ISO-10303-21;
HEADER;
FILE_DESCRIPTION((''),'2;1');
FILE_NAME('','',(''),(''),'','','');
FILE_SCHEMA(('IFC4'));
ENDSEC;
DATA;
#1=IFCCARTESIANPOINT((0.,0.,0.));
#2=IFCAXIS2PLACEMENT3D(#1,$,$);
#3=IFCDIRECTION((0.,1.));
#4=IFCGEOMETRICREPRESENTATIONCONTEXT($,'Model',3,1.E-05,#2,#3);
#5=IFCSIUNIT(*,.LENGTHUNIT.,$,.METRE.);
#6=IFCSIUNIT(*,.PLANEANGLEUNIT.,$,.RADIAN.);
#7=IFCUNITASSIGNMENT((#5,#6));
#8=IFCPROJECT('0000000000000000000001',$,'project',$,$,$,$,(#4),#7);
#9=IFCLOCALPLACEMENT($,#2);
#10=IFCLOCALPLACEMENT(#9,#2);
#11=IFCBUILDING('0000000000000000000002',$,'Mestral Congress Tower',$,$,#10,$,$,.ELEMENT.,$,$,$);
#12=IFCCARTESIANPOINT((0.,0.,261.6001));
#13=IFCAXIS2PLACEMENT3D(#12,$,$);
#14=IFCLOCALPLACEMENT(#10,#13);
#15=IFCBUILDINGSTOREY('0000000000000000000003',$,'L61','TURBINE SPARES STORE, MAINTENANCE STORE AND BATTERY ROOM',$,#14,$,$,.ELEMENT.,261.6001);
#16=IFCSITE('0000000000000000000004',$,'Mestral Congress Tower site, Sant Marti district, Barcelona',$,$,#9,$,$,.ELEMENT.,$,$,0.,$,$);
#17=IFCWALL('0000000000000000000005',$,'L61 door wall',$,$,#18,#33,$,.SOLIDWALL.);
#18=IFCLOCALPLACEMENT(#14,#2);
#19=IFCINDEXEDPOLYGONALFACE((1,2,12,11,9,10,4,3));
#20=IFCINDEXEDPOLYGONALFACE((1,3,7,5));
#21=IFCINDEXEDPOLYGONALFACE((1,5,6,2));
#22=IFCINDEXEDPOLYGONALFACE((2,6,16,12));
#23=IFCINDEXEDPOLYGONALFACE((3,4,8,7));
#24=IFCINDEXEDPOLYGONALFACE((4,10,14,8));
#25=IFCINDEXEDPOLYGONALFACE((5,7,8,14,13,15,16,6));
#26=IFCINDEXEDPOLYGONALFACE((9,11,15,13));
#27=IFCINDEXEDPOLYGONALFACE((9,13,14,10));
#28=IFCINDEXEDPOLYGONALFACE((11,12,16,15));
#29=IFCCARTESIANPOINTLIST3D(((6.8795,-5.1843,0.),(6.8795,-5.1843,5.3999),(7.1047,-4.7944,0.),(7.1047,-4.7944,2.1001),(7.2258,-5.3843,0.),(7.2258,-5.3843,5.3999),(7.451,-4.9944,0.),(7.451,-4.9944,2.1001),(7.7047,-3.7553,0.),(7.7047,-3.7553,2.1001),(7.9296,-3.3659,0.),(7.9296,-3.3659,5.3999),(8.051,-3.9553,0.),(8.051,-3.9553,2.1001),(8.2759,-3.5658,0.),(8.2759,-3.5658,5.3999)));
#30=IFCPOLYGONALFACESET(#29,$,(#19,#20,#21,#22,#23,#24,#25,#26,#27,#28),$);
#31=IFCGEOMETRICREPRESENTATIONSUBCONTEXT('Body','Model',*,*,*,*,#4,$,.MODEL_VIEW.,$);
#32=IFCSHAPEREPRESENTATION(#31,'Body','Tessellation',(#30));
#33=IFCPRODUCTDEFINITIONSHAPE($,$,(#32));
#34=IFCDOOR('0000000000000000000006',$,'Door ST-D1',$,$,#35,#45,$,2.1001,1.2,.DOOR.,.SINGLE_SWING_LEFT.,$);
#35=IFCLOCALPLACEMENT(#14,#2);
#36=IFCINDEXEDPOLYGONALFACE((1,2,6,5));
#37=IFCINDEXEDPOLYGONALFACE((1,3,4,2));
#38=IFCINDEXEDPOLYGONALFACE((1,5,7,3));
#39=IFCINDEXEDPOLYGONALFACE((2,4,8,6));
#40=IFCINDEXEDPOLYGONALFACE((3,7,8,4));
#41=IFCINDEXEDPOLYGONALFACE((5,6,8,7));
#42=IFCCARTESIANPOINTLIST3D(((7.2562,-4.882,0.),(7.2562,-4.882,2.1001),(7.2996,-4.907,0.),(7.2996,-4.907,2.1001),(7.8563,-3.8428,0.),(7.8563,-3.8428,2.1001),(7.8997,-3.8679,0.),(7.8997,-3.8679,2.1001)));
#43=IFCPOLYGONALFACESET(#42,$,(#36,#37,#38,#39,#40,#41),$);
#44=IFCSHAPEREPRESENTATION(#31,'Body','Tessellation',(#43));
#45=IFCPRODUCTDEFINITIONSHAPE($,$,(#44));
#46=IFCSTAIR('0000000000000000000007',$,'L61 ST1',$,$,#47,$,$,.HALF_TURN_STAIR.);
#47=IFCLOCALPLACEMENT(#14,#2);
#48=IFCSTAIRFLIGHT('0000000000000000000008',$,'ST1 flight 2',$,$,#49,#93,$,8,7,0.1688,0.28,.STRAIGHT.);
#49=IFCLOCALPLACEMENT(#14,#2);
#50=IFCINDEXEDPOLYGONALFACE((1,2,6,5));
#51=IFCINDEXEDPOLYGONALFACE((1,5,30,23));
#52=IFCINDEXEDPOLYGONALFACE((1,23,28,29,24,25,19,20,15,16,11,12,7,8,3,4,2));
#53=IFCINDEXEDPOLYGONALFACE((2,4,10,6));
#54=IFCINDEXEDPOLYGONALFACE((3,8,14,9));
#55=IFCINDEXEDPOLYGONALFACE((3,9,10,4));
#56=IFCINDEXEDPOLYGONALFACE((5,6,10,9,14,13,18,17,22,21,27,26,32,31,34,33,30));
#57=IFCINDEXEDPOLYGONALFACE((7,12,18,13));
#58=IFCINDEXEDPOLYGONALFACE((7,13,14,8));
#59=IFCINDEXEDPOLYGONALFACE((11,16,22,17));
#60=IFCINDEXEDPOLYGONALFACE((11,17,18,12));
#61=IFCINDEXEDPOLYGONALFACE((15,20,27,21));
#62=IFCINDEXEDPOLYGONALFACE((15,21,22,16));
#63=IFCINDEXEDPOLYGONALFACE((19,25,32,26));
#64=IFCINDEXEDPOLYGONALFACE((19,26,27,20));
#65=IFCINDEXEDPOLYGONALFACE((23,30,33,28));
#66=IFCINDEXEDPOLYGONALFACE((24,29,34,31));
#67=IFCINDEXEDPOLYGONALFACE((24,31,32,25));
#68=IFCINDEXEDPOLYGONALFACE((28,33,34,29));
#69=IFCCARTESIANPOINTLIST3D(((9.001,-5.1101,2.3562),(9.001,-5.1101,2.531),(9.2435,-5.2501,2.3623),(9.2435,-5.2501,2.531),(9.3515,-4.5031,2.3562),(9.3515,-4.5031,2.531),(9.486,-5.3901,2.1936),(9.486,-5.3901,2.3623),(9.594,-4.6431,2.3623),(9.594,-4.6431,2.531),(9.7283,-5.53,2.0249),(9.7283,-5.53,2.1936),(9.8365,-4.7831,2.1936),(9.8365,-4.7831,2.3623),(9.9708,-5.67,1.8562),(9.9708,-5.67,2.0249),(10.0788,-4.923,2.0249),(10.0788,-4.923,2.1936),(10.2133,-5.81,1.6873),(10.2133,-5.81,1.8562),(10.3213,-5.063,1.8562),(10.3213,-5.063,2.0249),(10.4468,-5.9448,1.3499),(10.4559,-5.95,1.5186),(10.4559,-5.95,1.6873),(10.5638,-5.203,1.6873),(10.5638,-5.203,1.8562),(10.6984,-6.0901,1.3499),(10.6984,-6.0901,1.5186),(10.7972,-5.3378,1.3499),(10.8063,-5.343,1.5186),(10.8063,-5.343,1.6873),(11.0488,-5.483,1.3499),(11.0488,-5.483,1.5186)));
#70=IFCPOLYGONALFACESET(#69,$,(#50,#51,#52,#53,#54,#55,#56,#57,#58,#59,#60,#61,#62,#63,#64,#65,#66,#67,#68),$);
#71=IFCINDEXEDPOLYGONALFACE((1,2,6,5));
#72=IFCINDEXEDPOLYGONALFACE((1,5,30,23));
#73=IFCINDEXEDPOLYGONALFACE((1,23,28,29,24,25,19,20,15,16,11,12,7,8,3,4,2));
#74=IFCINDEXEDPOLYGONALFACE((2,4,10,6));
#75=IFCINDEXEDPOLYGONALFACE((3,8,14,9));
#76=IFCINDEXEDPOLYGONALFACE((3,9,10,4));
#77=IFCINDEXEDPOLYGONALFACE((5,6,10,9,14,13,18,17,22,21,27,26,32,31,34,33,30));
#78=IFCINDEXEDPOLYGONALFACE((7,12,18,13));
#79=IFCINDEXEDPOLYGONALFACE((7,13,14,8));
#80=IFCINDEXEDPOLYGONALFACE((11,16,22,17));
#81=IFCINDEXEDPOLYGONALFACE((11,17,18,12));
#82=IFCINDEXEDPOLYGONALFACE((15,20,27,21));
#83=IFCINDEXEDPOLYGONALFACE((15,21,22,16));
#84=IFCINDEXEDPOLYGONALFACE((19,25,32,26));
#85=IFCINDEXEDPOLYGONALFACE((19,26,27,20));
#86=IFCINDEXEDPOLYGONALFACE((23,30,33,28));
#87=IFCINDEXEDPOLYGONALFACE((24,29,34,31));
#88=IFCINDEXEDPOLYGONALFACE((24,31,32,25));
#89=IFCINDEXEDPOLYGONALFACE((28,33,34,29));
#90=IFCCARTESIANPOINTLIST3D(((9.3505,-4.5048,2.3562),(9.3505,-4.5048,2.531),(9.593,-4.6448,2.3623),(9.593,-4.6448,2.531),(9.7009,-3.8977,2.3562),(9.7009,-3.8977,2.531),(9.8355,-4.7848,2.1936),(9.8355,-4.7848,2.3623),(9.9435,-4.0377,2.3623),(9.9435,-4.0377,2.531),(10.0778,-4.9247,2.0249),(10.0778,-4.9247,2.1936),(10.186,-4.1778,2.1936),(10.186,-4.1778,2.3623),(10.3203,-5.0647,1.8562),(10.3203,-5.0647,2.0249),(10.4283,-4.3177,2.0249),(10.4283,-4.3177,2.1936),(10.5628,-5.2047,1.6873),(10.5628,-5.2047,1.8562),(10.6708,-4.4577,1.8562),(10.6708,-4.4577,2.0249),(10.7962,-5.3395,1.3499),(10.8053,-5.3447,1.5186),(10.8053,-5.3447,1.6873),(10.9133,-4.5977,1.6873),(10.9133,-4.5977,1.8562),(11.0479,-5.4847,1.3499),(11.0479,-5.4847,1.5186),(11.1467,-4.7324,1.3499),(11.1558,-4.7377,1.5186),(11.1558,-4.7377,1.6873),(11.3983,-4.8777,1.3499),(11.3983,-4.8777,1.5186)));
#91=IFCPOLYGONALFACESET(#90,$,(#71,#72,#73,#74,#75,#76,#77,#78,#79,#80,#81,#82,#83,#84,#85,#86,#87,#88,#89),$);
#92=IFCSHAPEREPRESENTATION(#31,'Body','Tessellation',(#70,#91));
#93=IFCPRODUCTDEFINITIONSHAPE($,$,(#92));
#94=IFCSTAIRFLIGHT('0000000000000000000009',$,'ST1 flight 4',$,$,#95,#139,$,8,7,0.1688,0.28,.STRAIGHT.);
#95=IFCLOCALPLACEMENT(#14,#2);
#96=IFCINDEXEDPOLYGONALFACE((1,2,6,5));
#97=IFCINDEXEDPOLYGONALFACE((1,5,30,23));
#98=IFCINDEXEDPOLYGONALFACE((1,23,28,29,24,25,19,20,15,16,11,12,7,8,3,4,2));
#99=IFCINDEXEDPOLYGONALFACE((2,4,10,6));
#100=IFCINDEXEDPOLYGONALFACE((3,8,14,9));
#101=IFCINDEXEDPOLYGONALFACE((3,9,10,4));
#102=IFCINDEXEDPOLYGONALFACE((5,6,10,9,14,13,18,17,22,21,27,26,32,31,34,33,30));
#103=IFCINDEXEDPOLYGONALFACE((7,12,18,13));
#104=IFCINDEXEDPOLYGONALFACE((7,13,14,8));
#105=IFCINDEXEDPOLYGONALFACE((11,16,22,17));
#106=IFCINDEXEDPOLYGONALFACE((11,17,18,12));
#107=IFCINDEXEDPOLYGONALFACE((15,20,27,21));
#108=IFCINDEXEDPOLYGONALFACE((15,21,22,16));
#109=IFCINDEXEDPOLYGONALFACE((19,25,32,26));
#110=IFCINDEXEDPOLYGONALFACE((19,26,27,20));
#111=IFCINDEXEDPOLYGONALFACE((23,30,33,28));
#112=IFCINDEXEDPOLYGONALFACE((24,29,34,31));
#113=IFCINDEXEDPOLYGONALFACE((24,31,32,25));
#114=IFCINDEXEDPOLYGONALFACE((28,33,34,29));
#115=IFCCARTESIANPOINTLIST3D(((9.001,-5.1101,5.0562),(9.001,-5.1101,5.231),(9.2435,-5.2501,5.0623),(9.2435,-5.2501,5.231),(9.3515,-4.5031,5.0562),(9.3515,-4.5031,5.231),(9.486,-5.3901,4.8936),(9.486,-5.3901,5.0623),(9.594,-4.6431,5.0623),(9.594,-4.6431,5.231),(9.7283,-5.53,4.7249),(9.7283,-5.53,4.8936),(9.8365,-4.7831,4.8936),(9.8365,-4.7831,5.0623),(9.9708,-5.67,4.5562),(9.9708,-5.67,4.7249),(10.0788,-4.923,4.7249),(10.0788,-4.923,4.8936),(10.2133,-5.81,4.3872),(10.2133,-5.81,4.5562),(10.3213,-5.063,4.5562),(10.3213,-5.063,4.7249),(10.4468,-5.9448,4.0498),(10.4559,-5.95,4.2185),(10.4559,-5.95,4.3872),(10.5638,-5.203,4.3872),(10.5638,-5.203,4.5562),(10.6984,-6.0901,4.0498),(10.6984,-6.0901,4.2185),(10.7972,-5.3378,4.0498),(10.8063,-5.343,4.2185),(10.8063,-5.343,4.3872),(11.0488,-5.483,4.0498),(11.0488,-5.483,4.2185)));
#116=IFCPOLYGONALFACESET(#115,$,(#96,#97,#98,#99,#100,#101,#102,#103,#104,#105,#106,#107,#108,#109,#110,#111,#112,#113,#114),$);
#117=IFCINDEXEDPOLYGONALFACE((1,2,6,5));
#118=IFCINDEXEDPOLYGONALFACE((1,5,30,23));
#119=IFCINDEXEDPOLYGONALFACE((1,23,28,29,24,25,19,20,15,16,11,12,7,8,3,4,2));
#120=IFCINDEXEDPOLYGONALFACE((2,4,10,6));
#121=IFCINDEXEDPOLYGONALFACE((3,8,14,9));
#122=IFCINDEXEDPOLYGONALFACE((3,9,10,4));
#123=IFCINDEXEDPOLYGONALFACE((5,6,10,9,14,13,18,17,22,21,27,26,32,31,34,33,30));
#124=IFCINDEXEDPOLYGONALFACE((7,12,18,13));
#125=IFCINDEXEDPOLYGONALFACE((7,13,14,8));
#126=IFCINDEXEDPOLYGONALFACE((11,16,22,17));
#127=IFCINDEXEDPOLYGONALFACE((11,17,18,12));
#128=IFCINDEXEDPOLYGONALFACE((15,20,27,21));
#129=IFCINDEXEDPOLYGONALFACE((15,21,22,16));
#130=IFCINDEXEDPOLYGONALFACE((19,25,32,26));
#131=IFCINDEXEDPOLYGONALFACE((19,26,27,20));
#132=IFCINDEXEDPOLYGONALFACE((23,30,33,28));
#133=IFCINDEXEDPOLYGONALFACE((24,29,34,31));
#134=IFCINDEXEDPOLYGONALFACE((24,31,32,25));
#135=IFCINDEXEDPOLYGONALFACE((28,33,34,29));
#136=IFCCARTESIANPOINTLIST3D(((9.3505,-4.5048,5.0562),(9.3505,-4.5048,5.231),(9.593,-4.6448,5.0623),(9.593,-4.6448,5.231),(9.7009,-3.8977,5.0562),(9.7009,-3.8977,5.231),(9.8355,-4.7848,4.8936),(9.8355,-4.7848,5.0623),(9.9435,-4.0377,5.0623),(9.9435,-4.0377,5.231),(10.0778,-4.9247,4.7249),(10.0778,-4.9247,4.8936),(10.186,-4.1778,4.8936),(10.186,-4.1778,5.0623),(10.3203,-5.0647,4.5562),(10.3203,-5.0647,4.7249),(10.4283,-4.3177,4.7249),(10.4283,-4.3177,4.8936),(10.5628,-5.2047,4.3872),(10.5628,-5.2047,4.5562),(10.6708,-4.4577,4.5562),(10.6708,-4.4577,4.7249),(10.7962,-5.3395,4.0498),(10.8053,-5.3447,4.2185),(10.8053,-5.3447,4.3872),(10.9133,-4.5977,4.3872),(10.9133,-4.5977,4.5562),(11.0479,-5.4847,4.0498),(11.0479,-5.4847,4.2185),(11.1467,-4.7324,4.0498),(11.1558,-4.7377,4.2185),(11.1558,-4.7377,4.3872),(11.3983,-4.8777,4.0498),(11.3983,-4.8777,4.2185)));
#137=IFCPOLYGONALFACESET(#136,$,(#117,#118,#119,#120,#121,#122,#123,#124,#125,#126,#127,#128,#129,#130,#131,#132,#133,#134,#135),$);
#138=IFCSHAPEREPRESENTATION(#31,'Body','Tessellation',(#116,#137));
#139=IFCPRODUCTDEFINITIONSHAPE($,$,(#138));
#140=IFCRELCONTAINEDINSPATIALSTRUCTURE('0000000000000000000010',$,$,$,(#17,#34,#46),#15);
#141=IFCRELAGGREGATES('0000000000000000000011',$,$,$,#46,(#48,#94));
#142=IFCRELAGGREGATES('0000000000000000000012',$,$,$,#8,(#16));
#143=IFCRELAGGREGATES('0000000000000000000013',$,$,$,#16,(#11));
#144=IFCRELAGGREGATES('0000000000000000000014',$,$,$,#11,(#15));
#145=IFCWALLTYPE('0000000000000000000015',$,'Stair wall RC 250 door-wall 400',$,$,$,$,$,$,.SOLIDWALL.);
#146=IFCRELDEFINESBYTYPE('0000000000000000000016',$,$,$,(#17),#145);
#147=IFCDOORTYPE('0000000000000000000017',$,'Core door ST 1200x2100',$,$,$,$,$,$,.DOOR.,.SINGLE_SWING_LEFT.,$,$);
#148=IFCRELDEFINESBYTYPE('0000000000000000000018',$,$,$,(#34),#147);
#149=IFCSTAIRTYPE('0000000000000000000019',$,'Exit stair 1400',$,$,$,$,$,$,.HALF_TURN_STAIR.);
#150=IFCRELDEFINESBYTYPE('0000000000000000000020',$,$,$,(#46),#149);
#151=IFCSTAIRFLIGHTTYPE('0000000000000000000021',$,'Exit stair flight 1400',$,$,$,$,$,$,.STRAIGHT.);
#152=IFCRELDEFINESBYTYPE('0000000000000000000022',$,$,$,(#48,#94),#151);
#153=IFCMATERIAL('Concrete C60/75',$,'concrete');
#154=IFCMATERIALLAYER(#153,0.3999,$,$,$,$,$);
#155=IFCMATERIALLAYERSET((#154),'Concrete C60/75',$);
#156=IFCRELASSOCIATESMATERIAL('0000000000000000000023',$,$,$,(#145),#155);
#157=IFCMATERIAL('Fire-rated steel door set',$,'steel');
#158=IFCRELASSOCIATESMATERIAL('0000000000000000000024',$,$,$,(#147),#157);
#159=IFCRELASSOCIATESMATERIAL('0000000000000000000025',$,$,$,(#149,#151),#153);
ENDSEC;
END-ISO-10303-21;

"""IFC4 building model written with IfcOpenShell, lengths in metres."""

from ifc_helpers import new_model, si_unit, direction, frame, frame_2d, origin, place, context, subcontext, project, spatial, polyline, rectangle, outline, extrude, material, layer, layer_set, type_object, element, fill, aggregate, save


model = new_model("IFC4")

# Units and contexts
model_context = context("Model", 3, precision=1e-05, world=origin(), true_north=direction((0.0, 1.0)))
body_context = subcontext(model_context, "Body", "Model", "MODEL_VIEW")
ifc_project = project(units=[si_unit("LENGTHUNIT", "METRE"), si_unit("PLANEANGLEUNIT", "RADIAN")], contexts=[model_context])

# Site, building, storey
site_placement = place(None, origin())
site = spatial("IfcSite", under=ifc_project, at=site_placement, Name="Mestral Congress Tower site, Sant Marti district, Barcelona", CompositionType="ELEMENT", RefElevation=0.0)
building_placement = place(site_placement, origin())
building = spatial("IfcBuilding", under=site, at=building_placement, Name="Mestral Congress Tower", CompositionType="ELEMENT")
storey_placement = place(building_placement, frame((0.0, 0.0, 261.6001)))
storey = spatial("IfcBuildingStorey", under=building, at=storey_placement, Name="L61", Description="TURBINE SPARES STORE, MAINTENANCE STORE AND BATTERY ROOM", CompositionType="ELEMENT", Elevation=261.6001)

# Shared definitions
ifc_material_1 = material(Name="Concrete C60/75", Category="concrete")

# Shared definitions
ifc_material_2 = material(Name="Fire-rated steel door set", Category="steel")

# Wall, opening, door
ifc_layer_1 = layer(ifc_material_1, 0.3999)
ifc_layer_set_1 = layer_set([ifc_layer_1], Name="Concrete C60/75")
wall_type_1 = type_object("IfcWallType", Name="Stair wall RC 250 door-wall 400", PredefinedType="SOLIDWALL", material=ifc_layer_set_1)
wall_1_placement = place(storey_placement, frame((7.0527, -5.2842, 0.0), z_axis=(0.0, 0.0, 1.0), x_axis=(0.500078, 0.86598, 0.0)))
wall_1 = element("IfcWall", 1, at=wall_1_placement, inside=storey, type_object=wall_type_1, Name="L61 door wall", PredefinedType="SOLIDWALL", context=body_context, shape_type="SweptSolid", body=[
    extrude(rectangle(XDim=2.0999, YDim=0.3999, at=frame_2d((1.0498, 0.0))), origin(), (0.0, 0.0, 1.0), 5.3999),
])
opening_1_placement = place(wall_1_placement, frame((0.45, 0.0, 0.0)))
opening_1 = element("IfcOpeningElement", 2, at=opening_1_placement, cuts=wall_1, PredefinedType="OPENING", context=body_context, shape_type="SweptSolid", body=[
    extrude(rectangle(XDim=1.2, YDim=2.1001, at=frame_2d((0.6001, 1.05))), frame((0.0, 0.21, 0.0), z_axis=(0.0, -1.0, 0.0), x_axis=(1.0, 0.0, 0.0)), (0.0, 0.0, 1.0), 0.4199),
])
door_type_1 = type_object("IfcDoorType", Name="Core door ST 1200x2100", OperationType="SINGLE_SWING_LEFT", PredefinedType="DOOR", material=ifc_material_2)
door_1_placement = place(opening_1_placement, origin())
door_1 = element("IfcDoor", 3, at=door_1_placement, inside=storey, type_object=door_type_1, Name="Door ST-D1", OperationType="SINGLE_SWING_LEFT", OverallHeight=2.1001, OverallWidth=1.2, PredefinedType="DOOR", context=body_context, shape_type="SweptSolid", body=[
    extrude(rectangle(XDim=1.2, YDim=2.1001, at=frame_2d((0.6001, 1.05))), frame((0.0, 0.0249, 0.0), z_axis=(0.0, -1.0, 0.0), x_axis=(1.0, 0.0, 0.0)), (0.0, 0.0, 1.0), 0.05),
])
fill(opening_1, door_1)

# Stair, stair flights
stair_type = type_object("IfcStairType", Name="Exit stair 1400", PredefinedType="HALF_TURN_STAIR", material=ifc_material_1)
stair_placement = place(storey_placement, origin())
stair = element("IfcStair", 4, at=stair_placement, inside=storey, type_object=stair_type, Name="L61 ST1", PredefinedType="HALF_TURN_STAIR")
stair_flight_type = type_object("IfcStairFlightType", Name="Exit stair flight 1400", PredefinedType="STRAIGHT", material=ifc_material_1)
stair_flight_1_placement = place(storey_placement, frame((11.0483, -5.4839, 1.3499), z_axis=(0.0, 0.0, 1.0), x_axis=(-0.866025, 0.5, 0.0)))
stair_flight_1 = element("IfcStairFlight", 5, at=stair_flight_1_placement, type_object=stair_flight_type, Name="ST1 flight 2", NumberOfRisers=8, NumberOfTreads=7, PredefinedType="STRAIGHT", RiserHeight=0.1688, TreadLength=0.28, context=body_context, shape_type="SweptSolid", body=[
    extrude(outline(polyline([(0.0, 0.0), (0.0, 0.1687), (0.28, 0.1687), (0.28, 0.3374), (0.5601, 0.3374), (0.5601, 0.5063), (0.8401, 0.5063), (0.8401, 0.675), (1.1201, 0.675), (1.1201, 0.8438), (1.3999, 0.8438), (1.3999, 1.0125), (1.6799, 1.0125), (1.6799, 1.1812), (1.96, 1.1812), (1.96, 1.3501), (1.96, 1.0063), (0.2905, 0.0), (0.0, 0.0)])), frame((0.0, 0.7, 0.0), z_axis=(0.0, -1.0, 0.0), x_axis=(1.0, 0.0, 0.0)), (0.0, 0.0, 1.0), 0.7009),
    extrude(outline(polyline([(0.0, 0.0), (0.0, 0.1687), (0.28, 0.1687), (0.28, 0.3374), (0.5601, 0.3374), (0.5601, 0.5063), (0.8401, 0.5063), (0.8401, 0.675), (1.1201, 0.675), (1.1201, 0.8438), (1.3999, 0.8438), (1.3999, 1.0125), (1.6799, 1.0125), (1.6799, 1.1812), (1.96, 1.1812), (1.96, 1.3501), (1.96, 1.0063), (0.2905, 0.0), (0.0, 0.0)])), frame((0.0, 0.001, 0.0), z_axis=(0.0, -1.0, 0.0), x_axis=(1.0, 0.0, 0.0)), (0.0, 0.0, 1.0), 0.7009),
])
stair_flight_2_placement = place(storey_placement, frame((11.0483, -5.4839, 4.0498), z_axis=(0.0, 0.0, 1.0), x_axis=(-0.866025, 0.5, 0.0)))
stair_flight_2 = element("IfcStairFlight", 6, at=stair_flight_2_placement, type_object=stair_flight_type, Name="ST1 flight 4", NumberOfRisers=8, NumberOfTreads=7, PredefinedType="STRAIGHT", RiserHeight=0.1688, TreadLength=0.28, context=body_context, shape_type="SweptSolid", body=[
    extrude(outline(polyline([(0.0, 0.0), (0.0, 0.1687), (0.28, 0.1687), (0.28, 0.3374), (0.5601, 0.3374), (0.5601, 0.5063), (0.8401, 0.5063), (0.8401, 0.675), (1.1201, 0.675), (1.1201, 0.8438), (1.3999, 0.8438), (1.3999, 1.0125), (1.6799, 1.0125), (1.6799, 1.1812), (1.96, 1.1812), (1.96, 1.3501), (1.96, 1.0063), (0.2905, 0.0), (0.0, 0.0)])), frame((0.0, 0.7, 0.0), z_axis=(0.0, -1.0, 0.0), x_axis=(1.0, 0.0, 0.0)), (0.0, 0.0, 1.0), 0.7009),
    extrude(outline(polyline([(0.0, 0.0), (0.0, 0.1687), (0.28, 0.1687), (0.28, 0.3374), (0.5601, 0.3374), (0.5601, 0.5063), (0.8401, 0.5063), (0.8401, 0.675), (1.1201, 0.675), (1.1201, 0.8438), (1.3999, 0.8438), (1.3999, 1.0125), (1.6799, 1.0125), (1.6799, 1.1812), (1.96, 1.1812), (1.96, 1.3501), (1.96, 1.0063), (0.2905, 0.0), (0.0, 0.0)])), frame((0.0, 0.001, 0.0), z_axis=(0.0, -1.0, 0.0), x_axis=(1.0, 0.0, 0.0)), (0.0, 0.0, 1.0), 0.7009),
])
aggregate(stair, [stair_flight_1, stair_flight_2])

save(model, "model.ifc")
